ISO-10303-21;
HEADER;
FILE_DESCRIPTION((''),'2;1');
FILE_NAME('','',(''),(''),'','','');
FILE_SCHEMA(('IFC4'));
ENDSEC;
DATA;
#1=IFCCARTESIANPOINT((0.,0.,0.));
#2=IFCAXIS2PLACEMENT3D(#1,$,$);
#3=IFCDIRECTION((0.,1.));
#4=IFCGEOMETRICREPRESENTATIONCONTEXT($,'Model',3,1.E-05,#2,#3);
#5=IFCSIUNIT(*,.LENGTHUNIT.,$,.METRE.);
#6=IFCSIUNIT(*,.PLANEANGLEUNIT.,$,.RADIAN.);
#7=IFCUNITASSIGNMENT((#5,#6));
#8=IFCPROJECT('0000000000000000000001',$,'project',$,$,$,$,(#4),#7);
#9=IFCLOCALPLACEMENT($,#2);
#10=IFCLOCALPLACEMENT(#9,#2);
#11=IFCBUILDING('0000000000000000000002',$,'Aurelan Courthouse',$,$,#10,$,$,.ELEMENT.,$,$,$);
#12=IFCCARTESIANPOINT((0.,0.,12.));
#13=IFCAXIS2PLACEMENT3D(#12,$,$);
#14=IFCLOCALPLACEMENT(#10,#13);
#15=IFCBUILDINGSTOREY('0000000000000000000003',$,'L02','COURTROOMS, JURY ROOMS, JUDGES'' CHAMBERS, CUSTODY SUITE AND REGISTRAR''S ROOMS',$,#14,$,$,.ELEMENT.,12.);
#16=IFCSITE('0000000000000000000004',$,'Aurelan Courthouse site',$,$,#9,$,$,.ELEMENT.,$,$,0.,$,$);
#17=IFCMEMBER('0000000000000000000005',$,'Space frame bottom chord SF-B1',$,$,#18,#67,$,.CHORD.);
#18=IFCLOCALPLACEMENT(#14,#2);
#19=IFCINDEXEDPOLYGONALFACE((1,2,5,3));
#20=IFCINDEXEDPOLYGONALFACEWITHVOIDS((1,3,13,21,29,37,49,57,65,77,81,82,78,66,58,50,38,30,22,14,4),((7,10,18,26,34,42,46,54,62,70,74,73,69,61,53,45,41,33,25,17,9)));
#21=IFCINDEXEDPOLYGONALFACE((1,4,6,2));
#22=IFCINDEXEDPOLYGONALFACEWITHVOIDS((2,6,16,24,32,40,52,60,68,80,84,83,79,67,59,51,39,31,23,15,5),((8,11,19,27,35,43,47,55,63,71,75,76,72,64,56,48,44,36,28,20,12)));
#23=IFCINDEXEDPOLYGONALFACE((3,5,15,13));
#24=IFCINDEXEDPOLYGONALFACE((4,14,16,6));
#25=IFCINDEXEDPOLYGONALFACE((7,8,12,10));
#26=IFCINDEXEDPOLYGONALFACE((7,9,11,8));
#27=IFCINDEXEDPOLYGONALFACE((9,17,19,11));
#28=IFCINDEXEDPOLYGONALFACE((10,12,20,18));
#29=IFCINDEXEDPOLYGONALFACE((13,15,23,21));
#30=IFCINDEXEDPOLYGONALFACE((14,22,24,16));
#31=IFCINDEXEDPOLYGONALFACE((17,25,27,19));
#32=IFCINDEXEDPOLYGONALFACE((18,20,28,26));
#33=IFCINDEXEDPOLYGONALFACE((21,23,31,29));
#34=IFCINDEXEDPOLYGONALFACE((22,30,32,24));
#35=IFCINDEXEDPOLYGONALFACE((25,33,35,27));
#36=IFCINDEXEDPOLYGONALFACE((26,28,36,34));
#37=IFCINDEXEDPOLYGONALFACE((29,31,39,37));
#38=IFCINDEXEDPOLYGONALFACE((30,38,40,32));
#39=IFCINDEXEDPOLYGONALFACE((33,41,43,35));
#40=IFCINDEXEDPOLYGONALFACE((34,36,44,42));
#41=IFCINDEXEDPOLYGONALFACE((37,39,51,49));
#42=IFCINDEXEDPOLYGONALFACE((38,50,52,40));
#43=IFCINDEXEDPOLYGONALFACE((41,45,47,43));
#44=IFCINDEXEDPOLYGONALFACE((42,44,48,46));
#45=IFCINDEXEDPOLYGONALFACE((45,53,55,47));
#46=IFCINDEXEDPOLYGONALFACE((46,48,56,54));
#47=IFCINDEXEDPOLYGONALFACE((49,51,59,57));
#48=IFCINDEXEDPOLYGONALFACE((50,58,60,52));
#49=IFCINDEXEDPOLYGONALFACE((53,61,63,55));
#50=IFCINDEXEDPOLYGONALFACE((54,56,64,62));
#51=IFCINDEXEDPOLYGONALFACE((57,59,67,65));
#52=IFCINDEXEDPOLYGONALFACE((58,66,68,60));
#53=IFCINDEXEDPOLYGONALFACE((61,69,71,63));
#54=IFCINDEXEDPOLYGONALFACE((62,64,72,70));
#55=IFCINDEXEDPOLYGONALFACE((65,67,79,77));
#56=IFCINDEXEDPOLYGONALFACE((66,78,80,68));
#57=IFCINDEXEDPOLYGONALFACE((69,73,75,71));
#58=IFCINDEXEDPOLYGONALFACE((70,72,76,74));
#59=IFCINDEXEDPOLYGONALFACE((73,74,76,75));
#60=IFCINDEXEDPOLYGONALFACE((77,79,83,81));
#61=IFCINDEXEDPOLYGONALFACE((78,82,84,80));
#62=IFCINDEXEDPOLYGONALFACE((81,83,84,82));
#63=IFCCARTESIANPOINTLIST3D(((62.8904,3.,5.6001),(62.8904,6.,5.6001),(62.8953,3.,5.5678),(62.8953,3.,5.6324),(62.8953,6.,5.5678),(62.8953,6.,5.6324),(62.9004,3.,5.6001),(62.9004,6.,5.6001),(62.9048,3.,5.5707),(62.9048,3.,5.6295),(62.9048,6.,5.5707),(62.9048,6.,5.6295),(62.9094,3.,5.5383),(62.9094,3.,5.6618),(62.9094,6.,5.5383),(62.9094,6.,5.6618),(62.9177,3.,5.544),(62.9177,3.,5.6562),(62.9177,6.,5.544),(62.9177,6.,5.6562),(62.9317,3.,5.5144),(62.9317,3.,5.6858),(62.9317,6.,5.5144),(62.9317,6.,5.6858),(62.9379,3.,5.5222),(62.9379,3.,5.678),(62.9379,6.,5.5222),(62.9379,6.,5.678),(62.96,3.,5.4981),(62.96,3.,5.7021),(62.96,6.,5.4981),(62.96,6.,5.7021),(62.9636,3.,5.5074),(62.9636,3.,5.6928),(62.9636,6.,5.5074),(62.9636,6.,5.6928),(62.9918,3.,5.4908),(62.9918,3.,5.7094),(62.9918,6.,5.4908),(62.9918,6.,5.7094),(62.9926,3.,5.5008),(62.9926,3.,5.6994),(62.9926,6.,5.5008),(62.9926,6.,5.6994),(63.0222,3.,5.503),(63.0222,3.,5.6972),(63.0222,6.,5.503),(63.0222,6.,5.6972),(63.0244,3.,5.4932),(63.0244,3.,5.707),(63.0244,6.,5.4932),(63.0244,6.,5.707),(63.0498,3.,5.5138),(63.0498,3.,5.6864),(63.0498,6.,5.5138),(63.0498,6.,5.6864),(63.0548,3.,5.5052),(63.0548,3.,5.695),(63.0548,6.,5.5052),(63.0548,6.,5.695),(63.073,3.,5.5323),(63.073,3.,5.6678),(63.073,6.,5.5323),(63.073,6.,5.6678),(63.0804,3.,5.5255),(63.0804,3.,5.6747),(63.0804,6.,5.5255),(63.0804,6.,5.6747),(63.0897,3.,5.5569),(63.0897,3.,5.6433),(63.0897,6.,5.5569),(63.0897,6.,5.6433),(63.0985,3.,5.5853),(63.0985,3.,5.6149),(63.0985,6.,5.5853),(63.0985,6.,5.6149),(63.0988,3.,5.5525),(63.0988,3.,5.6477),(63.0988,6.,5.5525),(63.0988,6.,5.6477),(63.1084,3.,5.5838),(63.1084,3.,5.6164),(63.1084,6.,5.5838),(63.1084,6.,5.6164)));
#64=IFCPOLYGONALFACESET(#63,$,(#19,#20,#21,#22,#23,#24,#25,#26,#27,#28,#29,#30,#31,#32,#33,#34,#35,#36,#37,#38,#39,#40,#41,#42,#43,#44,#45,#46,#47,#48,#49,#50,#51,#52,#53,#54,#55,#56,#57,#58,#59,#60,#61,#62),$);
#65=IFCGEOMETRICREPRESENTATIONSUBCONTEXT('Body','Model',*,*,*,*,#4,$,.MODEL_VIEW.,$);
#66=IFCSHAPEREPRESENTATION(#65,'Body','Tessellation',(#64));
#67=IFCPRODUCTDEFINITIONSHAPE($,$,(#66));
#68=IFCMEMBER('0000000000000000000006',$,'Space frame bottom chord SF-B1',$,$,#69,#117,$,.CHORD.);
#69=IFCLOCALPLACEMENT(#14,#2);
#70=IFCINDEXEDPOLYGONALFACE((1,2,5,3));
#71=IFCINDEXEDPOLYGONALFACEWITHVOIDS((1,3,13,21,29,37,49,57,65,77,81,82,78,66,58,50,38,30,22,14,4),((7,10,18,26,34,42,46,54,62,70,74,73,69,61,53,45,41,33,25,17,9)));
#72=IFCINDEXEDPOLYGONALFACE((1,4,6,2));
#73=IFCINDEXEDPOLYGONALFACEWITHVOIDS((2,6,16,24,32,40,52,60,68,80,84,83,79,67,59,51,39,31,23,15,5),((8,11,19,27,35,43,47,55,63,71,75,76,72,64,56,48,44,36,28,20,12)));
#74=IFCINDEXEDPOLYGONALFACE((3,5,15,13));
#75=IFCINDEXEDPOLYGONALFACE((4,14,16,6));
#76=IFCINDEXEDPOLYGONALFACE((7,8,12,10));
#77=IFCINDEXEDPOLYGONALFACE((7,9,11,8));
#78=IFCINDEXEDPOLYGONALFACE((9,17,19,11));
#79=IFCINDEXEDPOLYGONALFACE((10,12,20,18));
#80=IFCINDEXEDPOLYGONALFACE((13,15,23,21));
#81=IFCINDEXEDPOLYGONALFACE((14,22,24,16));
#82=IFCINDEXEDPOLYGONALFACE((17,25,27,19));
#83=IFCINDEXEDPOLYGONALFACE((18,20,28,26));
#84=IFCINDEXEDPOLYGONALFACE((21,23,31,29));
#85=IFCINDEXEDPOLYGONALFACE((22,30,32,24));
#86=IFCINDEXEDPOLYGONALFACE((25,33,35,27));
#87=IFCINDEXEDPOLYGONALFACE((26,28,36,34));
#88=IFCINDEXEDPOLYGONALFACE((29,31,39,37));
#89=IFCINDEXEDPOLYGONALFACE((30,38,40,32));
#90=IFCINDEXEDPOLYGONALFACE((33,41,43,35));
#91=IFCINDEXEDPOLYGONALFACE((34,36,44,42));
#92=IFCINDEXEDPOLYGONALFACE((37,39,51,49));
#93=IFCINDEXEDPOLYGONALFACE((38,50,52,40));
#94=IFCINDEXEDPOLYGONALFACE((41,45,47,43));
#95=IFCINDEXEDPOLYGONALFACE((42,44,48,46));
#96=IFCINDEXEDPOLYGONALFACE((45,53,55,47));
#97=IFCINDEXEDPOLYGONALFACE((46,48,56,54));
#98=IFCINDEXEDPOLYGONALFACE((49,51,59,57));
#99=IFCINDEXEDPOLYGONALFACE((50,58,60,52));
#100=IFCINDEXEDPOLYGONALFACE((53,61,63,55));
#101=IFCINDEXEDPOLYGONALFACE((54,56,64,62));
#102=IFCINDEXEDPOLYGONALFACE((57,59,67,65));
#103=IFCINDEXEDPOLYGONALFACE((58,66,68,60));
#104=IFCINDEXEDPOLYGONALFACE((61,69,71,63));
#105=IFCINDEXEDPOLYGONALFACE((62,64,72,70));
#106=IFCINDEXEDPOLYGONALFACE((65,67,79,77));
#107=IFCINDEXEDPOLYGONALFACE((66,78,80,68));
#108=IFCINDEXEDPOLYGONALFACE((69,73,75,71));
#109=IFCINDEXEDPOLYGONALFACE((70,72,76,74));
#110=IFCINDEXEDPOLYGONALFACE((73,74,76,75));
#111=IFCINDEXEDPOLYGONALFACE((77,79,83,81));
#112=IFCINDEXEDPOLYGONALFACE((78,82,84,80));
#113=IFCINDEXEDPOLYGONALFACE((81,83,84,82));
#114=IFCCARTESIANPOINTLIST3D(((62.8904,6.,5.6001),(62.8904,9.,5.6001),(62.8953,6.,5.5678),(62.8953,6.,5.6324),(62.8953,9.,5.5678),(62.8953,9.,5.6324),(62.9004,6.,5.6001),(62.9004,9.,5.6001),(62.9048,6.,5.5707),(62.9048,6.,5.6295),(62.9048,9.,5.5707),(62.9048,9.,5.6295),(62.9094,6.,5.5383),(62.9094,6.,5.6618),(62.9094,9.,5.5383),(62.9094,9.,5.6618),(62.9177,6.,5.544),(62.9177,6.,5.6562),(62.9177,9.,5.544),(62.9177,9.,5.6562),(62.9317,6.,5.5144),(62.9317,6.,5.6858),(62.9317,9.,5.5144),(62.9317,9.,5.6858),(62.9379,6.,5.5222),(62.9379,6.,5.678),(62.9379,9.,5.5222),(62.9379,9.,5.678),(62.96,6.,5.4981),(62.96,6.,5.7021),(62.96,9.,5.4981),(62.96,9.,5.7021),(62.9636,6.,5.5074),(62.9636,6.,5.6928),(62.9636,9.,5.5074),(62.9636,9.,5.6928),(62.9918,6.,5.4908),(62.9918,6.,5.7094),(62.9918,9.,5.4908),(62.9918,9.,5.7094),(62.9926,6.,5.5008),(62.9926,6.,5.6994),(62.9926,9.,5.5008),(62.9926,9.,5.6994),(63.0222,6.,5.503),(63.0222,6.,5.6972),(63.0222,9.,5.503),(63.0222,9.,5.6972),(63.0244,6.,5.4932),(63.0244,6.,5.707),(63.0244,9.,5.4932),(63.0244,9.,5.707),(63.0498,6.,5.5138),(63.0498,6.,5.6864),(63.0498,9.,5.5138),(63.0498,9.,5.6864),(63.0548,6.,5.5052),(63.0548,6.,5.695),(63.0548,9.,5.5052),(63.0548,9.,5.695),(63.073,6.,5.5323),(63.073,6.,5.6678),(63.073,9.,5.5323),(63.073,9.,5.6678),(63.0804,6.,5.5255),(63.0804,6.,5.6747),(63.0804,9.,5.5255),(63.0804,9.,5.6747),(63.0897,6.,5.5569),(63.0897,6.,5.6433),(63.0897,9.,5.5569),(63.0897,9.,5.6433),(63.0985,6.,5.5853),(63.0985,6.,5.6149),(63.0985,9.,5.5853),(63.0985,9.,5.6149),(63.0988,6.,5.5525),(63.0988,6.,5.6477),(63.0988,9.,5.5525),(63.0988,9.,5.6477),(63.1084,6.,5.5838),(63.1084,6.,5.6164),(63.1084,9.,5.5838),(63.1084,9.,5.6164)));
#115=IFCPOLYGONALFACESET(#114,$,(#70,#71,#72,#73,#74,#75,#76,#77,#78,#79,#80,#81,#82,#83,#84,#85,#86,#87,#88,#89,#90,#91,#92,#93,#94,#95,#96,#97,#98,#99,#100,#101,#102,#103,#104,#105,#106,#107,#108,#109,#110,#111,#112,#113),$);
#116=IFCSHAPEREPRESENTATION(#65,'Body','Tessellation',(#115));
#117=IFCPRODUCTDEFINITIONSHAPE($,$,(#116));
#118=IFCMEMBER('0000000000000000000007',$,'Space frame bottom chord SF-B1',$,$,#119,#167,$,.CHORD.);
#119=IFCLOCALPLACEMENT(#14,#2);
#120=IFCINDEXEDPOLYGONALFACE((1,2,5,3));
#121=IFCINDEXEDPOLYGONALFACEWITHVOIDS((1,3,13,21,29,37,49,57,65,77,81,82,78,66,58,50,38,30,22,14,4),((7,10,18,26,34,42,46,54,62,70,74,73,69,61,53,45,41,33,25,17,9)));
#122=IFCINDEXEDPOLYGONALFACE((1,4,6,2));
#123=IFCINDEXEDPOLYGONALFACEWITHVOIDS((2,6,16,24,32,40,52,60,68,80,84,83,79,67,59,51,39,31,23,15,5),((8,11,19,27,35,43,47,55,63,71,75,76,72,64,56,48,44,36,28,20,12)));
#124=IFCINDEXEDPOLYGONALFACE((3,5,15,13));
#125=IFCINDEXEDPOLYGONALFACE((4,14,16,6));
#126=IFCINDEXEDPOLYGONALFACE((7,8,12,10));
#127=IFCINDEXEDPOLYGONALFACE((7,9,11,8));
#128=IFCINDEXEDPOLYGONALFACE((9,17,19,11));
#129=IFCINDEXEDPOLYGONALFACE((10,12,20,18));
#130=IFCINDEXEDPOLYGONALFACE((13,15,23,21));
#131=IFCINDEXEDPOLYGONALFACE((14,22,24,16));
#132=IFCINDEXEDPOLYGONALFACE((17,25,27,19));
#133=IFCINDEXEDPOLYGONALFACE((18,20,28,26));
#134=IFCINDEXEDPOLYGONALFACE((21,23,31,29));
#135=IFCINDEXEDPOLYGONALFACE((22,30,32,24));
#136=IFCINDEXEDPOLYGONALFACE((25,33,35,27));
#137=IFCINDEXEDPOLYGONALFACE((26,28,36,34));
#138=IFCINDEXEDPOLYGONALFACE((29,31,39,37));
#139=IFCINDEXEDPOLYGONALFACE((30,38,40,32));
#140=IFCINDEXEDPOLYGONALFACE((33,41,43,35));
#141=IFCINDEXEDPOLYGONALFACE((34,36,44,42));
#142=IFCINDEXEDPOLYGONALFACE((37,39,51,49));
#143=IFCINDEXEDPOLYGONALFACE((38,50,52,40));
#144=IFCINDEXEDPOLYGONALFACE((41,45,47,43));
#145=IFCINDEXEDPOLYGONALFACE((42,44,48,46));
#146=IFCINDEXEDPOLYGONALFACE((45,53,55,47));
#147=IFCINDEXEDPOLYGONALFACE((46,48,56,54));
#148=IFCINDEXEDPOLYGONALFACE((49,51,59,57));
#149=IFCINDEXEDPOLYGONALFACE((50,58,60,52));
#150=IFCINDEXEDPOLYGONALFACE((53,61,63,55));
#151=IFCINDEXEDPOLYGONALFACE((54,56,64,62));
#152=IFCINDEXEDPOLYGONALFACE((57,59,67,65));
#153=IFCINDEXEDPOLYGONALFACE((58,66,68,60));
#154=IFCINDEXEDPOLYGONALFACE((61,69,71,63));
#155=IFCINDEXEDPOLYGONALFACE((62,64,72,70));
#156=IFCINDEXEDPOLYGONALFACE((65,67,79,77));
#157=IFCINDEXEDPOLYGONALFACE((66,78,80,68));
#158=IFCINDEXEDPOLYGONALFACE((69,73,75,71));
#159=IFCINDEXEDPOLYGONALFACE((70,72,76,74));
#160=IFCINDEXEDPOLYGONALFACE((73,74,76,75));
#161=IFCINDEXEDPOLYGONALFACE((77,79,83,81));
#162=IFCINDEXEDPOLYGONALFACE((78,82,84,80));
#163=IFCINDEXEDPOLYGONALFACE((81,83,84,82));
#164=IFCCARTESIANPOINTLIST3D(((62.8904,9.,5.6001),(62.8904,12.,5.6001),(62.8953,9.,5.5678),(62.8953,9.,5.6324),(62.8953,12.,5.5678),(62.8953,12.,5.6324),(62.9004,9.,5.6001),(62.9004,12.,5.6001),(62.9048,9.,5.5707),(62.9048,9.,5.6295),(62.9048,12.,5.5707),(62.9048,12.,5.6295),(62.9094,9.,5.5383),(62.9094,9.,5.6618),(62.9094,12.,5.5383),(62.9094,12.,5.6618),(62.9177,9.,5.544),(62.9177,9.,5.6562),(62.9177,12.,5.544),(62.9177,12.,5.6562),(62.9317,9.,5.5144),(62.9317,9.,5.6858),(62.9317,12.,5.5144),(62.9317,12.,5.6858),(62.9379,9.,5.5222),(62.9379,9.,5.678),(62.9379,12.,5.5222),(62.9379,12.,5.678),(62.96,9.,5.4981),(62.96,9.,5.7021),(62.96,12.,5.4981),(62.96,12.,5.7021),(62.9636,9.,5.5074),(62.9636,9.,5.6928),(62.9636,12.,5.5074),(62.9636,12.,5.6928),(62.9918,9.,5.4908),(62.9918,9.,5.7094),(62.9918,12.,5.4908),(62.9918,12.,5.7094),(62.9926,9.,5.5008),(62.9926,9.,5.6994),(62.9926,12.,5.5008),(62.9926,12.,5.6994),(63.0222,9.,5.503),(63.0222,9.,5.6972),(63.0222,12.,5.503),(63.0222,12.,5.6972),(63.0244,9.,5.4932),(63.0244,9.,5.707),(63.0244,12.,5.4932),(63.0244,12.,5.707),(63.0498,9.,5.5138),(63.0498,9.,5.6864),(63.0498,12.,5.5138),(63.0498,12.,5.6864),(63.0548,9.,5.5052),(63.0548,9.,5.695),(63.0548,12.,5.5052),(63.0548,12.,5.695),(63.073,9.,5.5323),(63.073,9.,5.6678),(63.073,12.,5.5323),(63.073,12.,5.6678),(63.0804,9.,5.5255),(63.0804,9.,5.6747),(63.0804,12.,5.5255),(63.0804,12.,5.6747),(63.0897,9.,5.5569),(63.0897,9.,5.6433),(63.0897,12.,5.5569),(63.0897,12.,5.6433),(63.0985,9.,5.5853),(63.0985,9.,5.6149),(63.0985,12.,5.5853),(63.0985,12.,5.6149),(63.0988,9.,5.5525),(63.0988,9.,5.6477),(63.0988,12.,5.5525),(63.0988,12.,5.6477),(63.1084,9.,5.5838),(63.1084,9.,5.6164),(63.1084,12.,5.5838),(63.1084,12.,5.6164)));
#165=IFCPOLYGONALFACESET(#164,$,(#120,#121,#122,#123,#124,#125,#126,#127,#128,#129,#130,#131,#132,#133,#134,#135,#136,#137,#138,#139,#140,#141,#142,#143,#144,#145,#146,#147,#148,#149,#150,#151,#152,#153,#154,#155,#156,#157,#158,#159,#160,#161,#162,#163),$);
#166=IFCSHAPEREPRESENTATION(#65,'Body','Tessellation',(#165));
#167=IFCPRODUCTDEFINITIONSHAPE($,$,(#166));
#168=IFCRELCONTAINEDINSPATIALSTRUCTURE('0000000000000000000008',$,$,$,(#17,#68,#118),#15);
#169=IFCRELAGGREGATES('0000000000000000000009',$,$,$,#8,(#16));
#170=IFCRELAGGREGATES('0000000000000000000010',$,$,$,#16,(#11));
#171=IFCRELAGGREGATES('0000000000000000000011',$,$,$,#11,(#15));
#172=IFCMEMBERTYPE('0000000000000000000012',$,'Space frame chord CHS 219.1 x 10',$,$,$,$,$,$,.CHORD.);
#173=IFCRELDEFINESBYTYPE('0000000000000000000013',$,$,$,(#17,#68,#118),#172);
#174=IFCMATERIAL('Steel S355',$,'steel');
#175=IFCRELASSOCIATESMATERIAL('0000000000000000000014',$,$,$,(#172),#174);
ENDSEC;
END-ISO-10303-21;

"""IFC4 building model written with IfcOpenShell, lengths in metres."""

from ifc_helpers import new_model, si_unit, direction, frame, origin, origin_2d, place, context, subcontext, project, spatial, hollow_circle, extrude, material, material_profile, profile_set, type_object, element, save


model = new_model("IFC4")

# Units and contexts
model_context = context("Model", 3, precision=1e-05, world=origin(), true_north=direction((0.0, 1.0)))
body_context = subcontext(model_context, "Body", "Model", "MODEL_VIEW")
ifc_project = project(units=[si_unit("LENGTHUNIT", "METRE"), si_unit("PLANEANGLEUNIT", "RADIAN")], contexts=[model_context])

# Site, building, storey
site_placement = place(None, origin())
site = spatial("IfcSite", under=ifc_project, at=site_placement, Name="Aurelan Courthouse site", CompositionType="ELEMENT", RefElevation=0.0)
building_placement = place(site_placement, origin())
building = spatial("IfcBuilding", under=site, at=building_placement, Name="Aurelan Courthouse", CompositionType="ELEMENT")
storey_placement = place(building_placement, frame((0.0, 0.0, 12.0)))
storey = spatial("IfcBuildingStorey", under=building, at=storey_placement, Name="L02", Description="COURTROOMS, JURY ROOMS, JUDGES' CHAMBERS, CUSTODY SUITE AND REGISTRAR'S ROOMS", CompositionType="ELEMENT", Elevation=12.0)

# Members
ifc_material_1 = material(Name="Steel S355", Category="steel")
ifc_material_profile_1 = material_profile(ifc_material_1, hollow_circle(Radius=0.1096, WallThickness=0.01, at=origin_2d()), Name="CHS 219.1 x 10")
ifc_profile_set_1 = profile_set([ifc_material_profile_1], Name="Steel S355")
member_type_1 = type_object("IfcMemberType", Name="Space frame chord CHS 219.1 x 10", PredefinedType="CHORD", material=ifc_profile_set_1)
for number, where, z_axis, x_axis, name in (
    (1, (63.0, 3.0, 5.6001), (0.0, 1.0, 0.0), (-1.0, 0.0, 0.0), "Space frame bottom chord SF-B1"),
    (2, (63.0, 6.0, 5.6001), (0.0, 1.0, 0.0), (-1.0, 0.0, 0.0), "Space frame bottom chord SF-B1"),
    (3, (63.0, 9.0, 5.6001), (0.0, 1.0, 0.0), (-1.0, 0.0, 0.0), "Space frame bottom chord SF-B1"),
):
    element("IfcMember", number, at=place(storey_placement, frame(where, z_axis=z_axis, x_axis=x_axis)), inside=storey, type_object=member_type_1, Name=name, PredefinedType="CHORD", context=body_context, shape_type="SweptSolid", body=[
        extrude(hollow_circle(Radius=0.1096, WallThickness=0.01, at=origin_2d()), origin(), (0.0, 0.0, 1.0), 3.0),
    ])

save(model, "model.ifc")
